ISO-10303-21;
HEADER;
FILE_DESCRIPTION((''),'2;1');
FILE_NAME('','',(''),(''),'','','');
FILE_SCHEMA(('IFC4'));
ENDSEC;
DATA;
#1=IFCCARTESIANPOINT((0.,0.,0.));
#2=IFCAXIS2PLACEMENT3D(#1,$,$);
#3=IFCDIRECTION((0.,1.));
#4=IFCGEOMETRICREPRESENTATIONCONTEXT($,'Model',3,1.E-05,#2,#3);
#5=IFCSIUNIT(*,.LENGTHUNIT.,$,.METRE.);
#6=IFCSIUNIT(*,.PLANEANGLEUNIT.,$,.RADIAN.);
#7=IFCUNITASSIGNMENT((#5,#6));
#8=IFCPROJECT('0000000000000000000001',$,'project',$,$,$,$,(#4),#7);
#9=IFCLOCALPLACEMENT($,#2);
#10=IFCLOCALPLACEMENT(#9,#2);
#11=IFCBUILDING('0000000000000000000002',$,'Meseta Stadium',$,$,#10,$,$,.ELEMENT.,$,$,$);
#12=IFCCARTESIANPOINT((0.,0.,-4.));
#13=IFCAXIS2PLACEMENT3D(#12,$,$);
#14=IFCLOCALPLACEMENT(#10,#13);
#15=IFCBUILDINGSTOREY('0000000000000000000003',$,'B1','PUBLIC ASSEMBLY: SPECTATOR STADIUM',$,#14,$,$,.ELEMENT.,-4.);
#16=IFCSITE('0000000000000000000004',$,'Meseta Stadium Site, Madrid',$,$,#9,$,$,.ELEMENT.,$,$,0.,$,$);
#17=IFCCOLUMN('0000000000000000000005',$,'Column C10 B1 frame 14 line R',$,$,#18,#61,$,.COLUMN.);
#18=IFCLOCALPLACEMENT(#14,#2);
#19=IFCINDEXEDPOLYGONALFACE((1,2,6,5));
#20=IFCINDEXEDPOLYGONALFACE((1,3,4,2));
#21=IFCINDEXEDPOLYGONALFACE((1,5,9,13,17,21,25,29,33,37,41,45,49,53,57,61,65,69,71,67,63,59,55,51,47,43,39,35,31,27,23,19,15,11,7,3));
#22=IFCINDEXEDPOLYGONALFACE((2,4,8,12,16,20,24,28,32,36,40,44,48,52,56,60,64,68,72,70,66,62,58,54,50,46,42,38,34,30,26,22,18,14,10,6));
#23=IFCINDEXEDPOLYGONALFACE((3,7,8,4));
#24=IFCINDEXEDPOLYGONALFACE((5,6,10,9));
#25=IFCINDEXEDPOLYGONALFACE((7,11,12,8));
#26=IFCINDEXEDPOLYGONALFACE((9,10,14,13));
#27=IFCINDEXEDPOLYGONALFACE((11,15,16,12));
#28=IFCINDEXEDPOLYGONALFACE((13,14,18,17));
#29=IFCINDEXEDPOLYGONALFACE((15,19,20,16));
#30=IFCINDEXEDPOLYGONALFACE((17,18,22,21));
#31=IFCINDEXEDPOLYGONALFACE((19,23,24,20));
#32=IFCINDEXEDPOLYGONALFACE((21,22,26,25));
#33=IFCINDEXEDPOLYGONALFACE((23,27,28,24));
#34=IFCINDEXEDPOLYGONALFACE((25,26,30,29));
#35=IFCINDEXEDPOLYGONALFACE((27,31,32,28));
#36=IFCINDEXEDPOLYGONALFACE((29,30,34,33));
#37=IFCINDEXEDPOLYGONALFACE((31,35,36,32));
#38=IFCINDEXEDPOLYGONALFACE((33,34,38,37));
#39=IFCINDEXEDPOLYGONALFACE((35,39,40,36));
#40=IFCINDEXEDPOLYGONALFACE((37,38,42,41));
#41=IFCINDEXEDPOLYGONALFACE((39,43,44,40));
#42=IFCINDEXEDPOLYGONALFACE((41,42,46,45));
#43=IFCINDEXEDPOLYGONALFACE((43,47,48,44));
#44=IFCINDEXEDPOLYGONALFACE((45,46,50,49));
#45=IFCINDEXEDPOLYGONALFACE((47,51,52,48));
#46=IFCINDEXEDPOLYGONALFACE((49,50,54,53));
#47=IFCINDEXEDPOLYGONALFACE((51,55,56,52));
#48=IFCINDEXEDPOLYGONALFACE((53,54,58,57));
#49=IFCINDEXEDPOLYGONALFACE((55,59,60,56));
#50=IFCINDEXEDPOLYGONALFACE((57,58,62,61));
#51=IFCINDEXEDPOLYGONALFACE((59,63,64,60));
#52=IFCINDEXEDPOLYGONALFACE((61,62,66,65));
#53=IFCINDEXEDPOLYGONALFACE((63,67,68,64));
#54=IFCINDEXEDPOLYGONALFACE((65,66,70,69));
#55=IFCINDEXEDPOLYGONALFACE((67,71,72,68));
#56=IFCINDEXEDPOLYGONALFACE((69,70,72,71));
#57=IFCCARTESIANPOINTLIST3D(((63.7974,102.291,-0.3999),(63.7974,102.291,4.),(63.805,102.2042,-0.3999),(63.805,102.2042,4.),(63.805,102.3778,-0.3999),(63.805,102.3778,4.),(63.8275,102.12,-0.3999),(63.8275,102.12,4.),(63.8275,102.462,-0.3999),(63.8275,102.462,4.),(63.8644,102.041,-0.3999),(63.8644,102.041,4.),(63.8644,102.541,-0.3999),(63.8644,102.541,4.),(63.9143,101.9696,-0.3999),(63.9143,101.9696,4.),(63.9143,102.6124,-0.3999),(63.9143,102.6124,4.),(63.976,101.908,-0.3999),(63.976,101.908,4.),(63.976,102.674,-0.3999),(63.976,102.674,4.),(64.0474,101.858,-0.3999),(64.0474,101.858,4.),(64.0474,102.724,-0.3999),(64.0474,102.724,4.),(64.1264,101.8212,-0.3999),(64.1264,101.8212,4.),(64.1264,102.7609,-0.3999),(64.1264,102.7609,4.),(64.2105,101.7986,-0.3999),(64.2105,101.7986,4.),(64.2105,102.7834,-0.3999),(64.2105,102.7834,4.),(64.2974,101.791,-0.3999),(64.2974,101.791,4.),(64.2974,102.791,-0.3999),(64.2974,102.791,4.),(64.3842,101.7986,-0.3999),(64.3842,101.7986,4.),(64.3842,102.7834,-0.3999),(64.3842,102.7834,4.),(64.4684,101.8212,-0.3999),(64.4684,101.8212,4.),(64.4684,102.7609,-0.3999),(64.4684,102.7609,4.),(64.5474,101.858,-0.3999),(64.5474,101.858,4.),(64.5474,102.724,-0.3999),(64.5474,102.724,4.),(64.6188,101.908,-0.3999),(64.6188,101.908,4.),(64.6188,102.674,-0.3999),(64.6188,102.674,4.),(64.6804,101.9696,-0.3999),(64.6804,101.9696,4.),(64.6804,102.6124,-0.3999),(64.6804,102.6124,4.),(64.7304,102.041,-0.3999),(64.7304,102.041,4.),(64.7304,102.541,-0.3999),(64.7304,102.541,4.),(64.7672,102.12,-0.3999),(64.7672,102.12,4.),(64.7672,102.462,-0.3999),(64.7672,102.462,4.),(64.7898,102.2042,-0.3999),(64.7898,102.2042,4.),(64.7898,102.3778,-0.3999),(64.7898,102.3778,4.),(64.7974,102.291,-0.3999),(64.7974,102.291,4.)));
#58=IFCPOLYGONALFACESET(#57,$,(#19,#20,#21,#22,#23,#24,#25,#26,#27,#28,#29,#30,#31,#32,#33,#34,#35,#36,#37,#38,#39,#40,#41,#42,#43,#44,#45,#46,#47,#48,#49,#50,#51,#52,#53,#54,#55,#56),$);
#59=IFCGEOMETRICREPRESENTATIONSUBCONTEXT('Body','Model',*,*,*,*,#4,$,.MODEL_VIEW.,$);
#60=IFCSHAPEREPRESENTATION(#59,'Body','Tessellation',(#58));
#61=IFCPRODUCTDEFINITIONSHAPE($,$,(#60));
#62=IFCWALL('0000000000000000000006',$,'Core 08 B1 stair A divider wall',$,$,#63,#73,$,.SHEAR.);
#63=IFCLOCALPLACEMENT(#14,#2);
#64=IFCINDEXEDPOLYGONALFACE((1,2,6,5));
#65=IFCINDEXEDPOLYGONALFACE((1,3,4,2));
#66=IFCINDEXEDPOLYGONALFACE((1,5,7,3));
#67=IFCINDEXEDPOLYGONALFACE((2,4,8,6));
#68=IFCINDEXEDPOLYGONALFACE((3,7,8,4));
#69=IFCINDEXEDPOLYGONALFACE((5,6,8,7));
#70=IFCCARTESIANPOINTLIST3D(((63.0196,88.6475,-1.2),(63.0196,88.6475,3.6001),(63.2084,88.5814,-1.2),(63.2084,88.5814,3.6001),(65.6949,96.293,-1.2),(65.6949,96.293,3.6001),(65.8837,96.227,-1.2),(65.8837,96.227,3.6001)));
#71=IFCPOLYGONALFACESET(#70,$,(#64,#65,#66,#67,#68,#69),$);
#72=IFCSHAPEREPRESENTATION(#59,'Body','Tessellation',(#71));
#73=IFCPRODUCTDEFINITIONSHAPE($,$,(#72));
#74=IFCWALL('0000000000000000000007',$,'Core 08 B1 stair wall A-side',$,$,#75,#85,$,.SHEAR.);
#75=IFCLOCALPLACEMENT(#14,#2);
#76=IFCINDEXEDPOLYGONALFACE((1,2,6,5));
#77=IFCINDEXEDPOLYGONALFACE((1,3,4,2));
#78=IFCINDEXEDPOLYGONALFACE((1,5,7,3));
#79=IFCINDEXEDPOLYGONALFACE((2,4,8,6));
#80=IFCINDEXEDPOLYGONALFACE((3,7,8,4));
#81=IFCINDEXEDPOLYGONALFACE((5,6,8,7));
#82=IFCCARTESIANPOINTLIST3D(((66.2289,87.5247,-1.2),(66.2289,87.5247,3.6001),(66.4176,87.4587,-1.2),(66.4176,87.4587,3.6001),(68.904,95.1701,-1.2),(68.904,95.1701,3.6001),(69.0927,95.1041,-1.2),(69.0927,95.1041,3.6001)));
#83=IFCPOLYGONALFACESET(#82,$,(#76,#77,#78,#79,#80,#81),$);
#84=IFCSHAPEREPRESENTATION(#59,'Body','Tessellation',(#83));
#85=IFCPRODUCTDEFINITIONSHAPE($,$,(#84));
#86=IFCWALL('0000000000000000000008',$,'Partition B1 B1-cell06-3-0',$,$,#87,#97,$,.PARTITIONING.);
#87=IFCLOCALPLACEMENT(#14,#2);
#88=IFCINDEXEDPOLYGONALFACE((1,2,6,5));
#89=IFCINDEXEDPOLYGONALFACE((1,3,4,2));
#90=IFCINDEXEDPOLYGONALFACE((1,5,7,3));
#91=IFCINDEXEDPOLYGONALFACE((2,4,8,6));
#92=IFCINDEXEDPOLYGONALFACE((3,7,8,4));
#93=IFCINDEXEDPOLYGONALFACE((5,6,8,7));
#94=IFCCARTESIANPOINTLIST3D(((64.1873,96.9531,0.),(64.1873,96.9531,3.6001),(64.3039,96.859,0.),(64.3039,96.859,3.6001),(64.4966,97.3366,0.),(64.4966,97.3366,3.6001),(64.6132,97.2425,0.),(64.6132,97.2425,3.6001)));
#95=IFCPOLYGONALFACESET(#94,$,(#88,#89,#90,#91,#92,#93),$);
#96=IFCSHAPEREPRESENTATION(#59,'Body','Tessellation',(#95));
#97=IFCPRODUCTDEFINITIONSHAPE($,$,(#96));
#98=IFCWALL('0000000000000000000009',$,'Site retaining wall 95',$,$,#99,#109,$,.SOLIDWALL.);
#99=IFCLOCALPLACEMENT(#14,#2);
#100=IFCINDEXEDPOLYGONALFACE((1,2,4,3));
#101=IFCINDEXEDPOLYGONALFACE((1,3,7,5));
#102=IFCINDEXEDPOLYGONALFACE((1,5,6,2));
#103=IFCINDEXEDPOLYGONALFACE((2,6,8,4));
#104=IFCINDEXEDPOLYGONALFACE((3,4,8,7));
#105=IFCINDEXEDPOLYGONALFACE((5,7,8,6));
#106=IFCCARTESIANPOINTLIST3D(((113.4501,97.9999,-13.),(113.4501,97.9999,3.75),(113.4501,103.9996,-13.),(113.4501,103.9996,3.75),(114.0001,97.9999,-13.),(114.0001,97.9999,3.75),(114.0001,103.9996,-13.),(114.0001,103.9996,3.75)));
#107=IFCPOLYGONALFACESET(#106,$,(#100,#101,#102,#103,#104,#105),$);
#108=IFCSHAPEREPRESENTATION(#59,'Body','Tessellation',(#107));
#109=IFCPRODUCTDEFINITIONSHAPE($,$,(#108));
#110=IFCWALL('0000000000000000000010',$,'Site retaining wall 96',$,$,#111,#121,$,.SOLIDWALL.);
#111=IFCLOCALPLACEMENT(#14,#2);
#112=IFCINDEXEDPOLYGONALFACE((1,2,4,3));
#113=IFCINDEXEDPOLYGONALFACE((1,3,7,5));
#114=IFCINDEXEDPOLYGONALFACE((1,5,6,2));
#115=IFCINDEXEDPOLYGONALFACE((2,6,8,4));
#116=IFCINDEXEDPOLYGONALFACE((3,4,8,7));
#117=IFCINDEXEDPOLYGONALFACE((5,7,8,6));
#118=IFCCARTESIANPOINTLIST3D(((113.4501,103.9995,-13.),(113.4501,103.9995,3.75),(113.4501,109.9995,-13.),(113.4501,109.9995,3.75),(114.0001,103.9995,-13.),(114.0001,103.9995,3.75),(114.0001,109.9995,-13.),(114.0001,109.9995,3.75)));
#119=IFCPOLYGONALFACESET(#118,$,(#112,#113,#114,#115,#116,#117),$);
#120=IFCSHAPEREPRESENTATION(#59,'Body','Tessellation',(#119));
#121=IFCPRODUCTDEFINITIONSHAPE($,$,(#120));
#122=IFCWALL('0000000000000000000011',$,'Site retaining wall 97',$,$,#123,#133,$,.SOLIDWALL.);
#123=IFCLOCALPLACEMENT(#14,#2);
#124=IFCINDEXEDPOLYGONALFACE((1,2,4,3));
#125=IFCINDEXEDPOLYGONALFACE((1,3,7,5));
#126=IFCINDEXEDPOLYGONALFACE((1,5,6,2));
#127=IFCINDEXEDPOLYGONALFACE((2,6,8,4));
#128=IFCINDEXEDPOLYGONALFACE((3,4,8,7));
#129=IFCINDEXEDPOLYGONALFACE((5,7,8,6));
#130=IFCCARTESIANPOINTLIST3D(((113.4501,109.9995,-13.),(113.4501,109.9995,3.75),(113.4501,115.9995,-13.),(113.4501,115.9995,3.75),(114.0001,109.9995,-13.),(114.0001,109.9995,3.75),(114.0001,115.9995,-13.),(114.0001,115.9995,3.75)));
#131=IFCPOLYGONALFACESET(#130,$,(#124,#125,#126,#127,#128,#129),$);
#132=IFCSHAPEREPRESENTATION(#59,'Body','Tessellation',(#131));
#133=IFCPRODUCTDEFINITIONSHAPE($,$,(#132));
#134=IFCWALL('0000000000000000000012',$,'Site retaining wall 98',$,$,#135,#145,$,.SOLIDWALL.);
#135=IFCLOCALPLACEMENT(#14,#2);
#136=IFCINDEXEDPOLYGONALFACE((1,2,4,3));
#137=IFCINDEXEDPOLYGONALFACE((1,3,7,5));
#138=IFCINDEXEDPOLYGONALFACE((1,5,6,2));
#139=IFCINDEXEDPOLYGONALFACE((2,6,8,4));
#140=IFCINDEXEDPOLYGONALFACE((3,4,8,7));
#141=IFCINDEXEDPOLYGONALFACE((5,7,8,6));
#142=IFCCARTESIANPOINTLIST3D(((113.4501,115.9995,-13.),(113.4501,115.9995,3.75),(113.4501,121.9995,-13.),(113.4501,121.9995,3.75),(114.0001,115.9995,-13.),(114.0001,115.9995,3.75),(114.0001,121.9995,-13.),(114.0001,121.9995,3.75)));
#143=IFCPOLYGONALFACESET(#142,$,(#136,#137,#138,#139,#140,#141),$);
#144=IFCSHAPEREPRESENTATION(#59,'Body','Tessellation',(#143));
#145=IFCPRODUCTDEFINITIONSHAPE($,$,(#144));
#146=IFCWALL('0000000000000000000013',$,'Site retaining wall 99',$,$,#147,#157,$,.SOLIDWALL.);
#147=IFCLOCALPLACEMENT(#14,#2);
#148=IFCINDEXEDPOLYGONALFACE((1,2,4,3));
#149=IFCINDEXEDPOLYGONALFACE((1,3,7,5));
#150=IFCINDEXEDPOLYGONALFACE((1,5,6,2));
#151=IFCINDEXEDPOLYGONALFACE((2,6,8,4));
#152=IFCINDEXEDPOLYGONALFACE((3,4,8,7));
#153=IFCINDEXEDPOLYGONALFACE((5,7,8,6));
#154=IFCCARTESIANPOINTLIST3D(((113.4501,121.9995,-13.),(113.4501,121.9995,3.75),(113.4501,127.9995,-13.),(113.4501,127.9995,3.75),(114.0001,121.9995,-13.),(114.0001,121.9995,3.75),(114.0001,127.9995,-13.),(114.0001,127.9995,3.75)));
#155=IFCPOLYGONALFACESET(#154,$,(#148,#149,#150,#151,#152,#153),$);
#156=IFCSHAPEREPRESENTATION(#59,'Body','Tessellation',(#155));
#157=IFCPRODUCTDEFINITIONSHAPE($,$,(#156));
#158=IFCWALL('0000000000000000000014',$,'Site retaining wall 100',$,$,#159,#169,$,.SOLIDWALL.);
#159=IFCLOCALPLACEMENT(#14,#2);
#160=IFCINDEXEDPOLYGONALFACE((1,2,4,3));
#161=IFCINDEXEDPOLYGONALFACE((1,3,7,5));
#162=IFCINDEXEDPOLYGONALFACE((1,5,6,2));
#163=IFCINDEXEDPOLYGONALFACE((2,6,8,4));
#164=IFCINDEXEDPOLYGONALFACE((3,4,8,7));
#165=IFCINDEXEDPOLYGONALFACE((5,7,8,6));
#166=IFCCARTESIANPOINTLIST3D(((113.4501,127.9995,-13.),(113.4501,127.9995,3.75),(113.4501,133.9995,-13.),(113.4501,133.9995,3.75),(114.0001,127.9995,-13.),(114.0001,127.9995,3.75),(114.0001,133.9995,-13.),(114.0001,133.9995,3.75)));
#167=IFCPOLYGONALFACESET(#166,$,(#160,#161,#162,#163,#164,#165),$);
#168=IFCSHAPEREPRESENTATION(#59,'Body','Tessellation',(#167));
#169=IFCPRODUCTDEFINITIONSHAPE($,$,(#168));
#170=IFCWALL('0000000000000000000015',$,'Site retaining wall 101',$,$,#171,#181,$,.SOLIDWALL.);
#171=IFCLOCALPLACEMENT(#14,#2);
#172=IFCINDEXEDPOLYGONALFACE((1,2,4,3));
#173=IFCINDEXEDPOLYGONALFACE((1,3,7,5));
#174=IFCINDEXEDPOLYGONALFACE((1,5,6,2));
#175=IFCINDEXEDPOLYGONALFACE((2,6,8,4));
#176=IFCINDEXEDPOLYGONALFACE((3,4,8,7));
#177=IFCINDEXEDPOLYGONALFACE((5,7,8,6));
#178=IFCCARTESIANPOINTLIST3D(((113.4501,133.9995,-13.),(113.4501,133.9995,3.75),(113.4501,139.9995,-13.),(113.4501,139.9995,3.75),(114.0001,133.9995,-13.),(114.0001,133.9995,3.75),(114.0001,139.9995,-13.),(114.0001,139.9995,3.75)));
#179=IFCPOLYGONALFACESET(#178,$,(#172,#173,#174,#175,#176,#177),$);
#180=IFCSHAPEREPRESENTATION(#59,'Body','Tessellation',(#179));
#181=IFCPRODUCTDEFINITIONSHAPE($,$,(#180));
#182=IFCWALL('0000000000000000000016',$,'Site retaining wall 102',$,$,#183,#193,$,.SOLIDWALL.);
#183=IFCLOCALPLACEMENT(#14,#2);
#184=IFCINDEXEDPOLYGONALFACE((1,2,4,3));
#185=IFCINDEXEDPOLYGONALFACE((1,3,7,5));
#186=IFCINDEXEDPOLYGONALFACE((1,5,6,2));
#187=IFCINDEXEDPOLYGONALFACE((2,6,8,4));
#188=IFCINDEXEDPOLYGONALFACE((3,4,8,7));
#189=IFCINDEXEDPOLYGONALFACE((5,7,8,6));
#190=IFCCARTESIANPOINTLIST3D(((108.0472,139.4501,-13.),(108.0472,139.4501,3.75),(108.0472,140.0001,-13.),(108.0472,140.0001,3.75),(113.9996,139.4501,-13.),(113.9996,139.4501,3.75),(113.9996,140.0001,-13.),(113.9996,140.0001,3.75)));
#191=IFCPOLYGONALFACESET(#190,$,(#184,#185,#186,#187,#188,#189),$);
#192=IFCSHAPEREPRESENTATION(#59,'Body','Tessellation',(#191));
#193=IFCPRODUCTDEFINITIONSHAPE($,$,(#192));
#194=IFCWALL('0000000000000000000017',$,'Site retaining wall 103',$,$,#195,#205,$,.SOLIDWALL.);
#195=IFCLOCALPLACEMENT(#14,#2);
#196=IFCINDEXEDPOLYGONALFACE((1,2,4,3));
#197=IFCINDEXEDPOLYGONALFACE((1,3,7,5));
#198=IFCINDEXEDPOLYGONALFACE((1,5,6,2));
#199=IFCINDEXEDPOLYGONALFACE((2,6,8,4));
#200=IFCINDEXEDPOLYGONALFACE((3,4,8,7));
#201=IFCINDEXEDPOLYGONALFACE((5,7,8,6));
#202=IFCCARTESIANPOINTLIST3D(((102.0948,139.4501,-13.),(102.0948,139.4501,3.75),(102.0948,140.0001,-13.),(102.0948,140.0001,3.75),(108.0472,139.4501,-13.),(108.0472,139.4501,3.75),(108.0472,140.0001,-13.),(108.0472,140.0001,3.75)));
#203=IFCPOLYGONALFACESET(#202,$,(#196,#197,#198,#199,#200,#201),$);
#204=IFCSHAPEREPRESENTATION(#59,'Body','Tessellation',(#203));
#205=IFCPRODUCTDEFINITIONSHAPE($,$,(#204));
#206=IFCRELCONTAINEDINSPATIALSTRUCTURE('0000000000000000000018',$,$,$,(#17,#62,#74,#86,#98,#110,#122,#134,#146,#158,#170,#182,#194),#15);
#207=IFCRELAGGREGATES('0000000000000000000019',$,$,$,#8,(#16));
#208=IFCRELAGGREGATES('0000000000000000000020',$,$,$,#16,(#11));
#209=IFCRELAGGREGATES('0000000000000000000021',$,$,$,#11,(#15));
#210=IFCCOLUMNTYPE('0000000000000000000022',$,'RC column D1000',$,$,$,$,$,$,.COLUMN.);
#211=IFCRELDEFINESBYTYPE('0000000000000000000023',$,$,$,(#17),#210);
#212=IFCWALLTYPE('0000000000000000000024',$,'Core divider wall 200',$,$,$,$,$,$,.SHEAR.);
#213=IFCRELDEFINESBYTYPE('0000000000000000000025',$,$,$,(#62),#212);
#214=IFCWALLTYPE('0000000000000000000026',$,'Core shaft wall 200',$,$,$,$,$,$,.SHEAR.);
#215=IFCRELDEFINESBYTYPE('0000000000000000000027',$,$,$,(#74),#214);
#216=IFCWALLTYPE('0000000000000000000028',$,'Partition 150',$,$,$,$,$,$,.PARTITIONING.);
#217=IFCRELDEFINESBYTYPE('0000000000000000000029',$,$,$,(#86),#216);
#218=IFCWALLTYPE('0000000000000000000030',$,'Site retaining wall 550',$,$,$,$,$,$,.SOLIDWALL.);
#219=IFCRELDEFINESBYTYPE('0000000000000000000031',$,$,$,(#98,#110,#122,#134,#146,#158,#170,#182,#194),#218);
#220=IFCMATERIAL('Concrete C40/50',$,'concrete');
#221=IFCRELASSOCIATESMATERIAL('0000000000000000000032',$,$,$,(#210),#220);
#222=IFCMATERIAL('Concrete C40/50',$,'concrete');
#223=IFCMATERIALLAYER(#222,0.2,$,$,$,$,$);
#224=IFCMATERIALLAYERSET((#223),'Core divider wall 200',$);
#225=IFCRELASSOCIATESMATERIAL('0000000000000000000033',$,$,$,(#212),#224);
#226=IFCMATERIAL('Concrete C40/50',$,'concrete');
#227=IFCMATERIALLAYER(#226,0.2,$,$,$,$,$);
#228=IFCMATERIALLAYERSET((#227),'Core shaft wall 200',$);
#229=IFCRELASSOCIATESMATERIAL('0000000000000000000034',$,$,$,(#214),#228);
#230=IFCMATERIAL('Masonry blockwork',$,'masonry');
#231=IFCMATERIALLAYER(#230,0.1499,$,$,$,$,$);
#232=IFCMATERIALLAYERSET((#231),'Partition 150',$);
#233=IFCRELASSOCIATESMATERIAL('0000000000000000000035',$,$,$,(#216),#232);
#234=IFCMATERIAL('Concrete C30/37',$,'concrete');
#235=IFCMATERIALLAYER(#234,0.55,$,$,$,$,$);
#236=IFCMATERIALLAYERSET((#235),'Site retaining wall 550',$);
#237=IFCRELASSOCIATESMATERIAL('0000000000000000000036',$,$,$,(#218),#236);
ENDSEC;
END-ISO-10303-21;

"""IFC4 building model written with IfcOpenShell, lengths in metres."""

from ifc_helpers import new_model, si_unit, direction, frame, frame_2d, origin, origin_2d, place, context, subcontext, project, spatial, rectangle, circle, extrude, material, layer, layer_set, material_profile, profile_set, type_object, element, save


model = new_model("IFC4")

# Units and contexts
model_context = context("Model", 3, precision=1e-05, world=origin(), true_north=direction((0.0, 1.0)))
body_context = subcontext(model_context, "Body", "Model", "MODEL_VIEW")
ifc_project = project(units=[si_unit("LENGTHUNIT", "METRE"), si_unit("PLANEANGLEUNIT", "RADIAN")], contexts=[model_context])

# Site, building, storey
site_placement = place(None, origin())
site = spatial("IfcSite", under=ifc_project, at=site_placement, Name="Meseta Stadium Site, Madrid", CompositionType="ELEMENT", RefElevation=0.0)
building_placement = place(site_placement, origin())
building = spatial("IfcBuilding", under=site, at=building_placement, Name="Meseta Stadium", CompositionType="ELEMENT")
storey_placement = place(building_placement, frame((0.0, 0.0, -4.0)))
storey = spatial("IfcBuildingStorey", under=building, at=storey_placement, Name="B1", Description="PUBLIC ASSEMBLY: SPECTATOR STADIUM", CompositionType="ELEMENT", Elevation=-4.0)

# Column
ifc_material_1 = material(Name="Concrete C40/50", Category="concrete")
ifc_material_profile = material_profile(ifc_material_1, circle(Radius=0.5, at=origin_2d()), Name="RC D1000")
ifc_profile_set = profile_set([ifc_material_profile], Name="Concrete C40/50")
column_type = type_object("IfcColumnType", Name="RC column D1000", PredefinedType="COLUMN", material=ifc_profile_set)
column_placement = place(storey_placement, frame((64.2974, 102.291, -0.3999), z_axis=(0.0, 0.0, 1.0), x_axis=(1.0, 0.0, 0.0)))
element("IfcColumn", 1, at=column_placement, inside=storey, type_object=column_type, Name="Column C10 B1 frame 14 line R", PredefinedType="COLUMN", context=body_context, shape_type="SweptSolid", body=[
    extrude(circle(Radius=0.5, at=origin_2d()), origin(), (0.0, 0.0, 1.0), 4.3999),
])

# Walls
ifc_material_2 = material(Name="Concrete C40/50", Category="concrete")
ifc_layer_1 = layer(ifc_material_2, 0.2)
ifc_layer_set_1 = layer_set([ifc_layer_1], Name="Core divider wall 200")
wall_type_1 = type_object("IfcWallType", Name="Core divider wall 200", PredefinedType="SHEAR", material=ifc_layer_set_1)
wall_1_placement = place(storey_placement, frame((65.7893, 96.26, -1.2), z_axis=(0.0, 0.0, 1.0), x_axis=(-0.330281, -0.943883, 0.0)))
element("IfcWall", 2, at=wall_1_placement, inside=storey, type_object=wall_type_1, Name="Core 08 B1 stair A divider wall", PredefinedType="SHEAR", context=body_context, shape_type="SweptSolid", body=[
    extrude(rectangle(XDim=8.1001, YDim=0.2, at=frame_2d((4.05, 0.0))), origin(), (0.0, 0.0, 1.0), 4.8),
])
ifc_material_3 = material(Name="Concrete C40/50", Category="concrete")
ifc_layer_2 = layer(ifc_material_3, 0.2)
ifc_layer_set_2 = layer_set([ifc_layer_2], Name="Core shaft wall 200")
wall_type_2 = type_object("IfcWallType", Name="Core shaft wall 200", PredefinedType="SHEAR", material=ifc_layer_set_2)
wall_2_placement = place(storey_placement, frame((68.9983, 95.137, -1.2), z_axis=(0.0, 0.0, 1.0), x_axis=(-0.330263, -0.943889, 0.0)))
element("IfcWall", 3, at=wall_2_placement, inside=storey, type_object=wall_type_2, Name="Core 08 B1 stair wall A-side", PredefinedType="SHEAR", context=body_context, shape_type="SweptSolid", body=[
    extrude(rectangle(XDim=8.0999, YDim=0.2, at=frame_2d((4.0498, 0.0))), origin(), (0.0, 0.0, 1.0), 4.8),
])
ifc_material_4 = material(Name="Masonry blockwork", Category="masonry")
ifc_layer_3 = layer(ifc_material_4, 0.1499)
ifc_layer_set_3 = layer_set([ifc_layer_3], Name="Partition 150")
wall_type_3 = type_object("IfcWallType", Name="Partition 150", PredefinedType="PARTITIONING", material=ifc_layer_set_3)
wall_3_placement = place(storey_placement, frame((64.2456, 96.906, 0.0), z_axis=(0.0, 0.0, 1.0), x_axis=(0.627772, 0.778397, 0.0)))
element("IfcWall", 4, at=wall_3_placement, inside=storey, type_object=wall_type_3, Name="Partition B1 B1-cell06-3-0", PredefinedType="PARTITIONING", context=body_context, shape_type="SweptSolid", body=[
    extrude(rectangle(XDim=0.4927, YDim=0.1499, at=frame_2d((0.2463, 0.0))), origin(), (0.0, 0.0, 1.0), 3.6001),
])
ifc_material_5 = material(Name="Concrete C30/37", Category="concrete")
ifc_layer_4 = layer(ifc_material_5, 0.55)
ifc_layer_set_4 = layer_set([ifc_layer_4], Name="Site retaining wall 550")
wall_type_4 = type_object("IfcWallType", Name="Site retaining wall 550", PredefinedType="SOLIDWALL", material=ifc_layer_set_4)
wall_4_placement = place(storey_placement, frame((113.7251, 97.9998, -13.0), z_axis=(0.0, 0.0, 1.0), x_axis=(0.0, 1.0, 0.0)))
element("IfcWall", 5, at=wall_4_placement, inside=storey, type_object=wall_type_4, Name="Site retaining wall 95", PredefinedType="SOLIDWALL", context=body_context, shape_type="SweptSolid", body=[
    extrude(rectangle(XDim=5.9998, YDim=0.55, at=frame_2d((3.0, 0.0))), origin(), (0.0, 0.0, 1.0), 16.75),
])
for number, where, z_axis, x_axis, name in (
    (6, (113.7251, 103.9995, -13.0), (0.0, 0.0, 1.0), (0.0, 1.0, 0.0), "Site retaining wall 96"),
    (7, (113.7251, 109.9995, -13.0), (0.0, 0.0, 1.0), (0.0, 1.0, 0.0), "Site retaining wall 97"),
    (8, (113.7251, 115.9995, -13.0), (0.0, 0.0, 1.0), (0.0, 1.0, 0.0), "Site retaining wall 98"),
    (9, (113.7251, 121.9995, -13.0), (0.0, 0.0, 1.0), (0.0, 1.0, 0.0), "Site retaining wall 99"),
    (10, (113.7251, 127.9995, -13.0), (0.0, 0.0, 1.0), (0.0, 1.0, 0.0), "Site retaining wall 100"),
    (11, (113.7251, 133.9995, -13.0), (0.0, 0.0, 1.0), (0.0, 1.0, 0.0), "Site retaining wall 101"),
):
    element("IfcWall", number, at=place(storey_placement, frame(where, z_axis=z_axis, x_axis=x_axis)), inside=storey, type_object=wall_type_4, Name=name, PredefinedType="SOLIDWALL", context=body_context, shape_type="SweptSolid", body=[
        extrude(rectangle(XDim=6.0, YDim=0.55, at=frame_2d((3.0, 0.0))), origin(), (0.0, 0.0, 1.0), 16.75),
    ])
for number, where, z_axis, x_axis, name in (
    (12, (113.9995, 139.7251, -13.0), (0.0, 0.0, 1.0), (-1.0, 0.0, 0.0), "Site retaining wall 102"),
    (13, (108.0471, 139.7251, -13.0), (0.0, 0.0, 1.0), (-1.0, 0.0, 0.0), "Site retaining wall 103"),
):
    element("IfcWall", number, at=place(storey_placement, frame(where, z_axis=z_axis, x_axis=x_axis)), inside=storey, type_object=wall_type_4, Name=name, PredefinedType="SOLIDWALL", context=body_context, shape_type="SweptSolid", body=[
        extrude(rectangle(XDim=5.9524, YDim=0.55, at=frame_2d((2.9761, 0.0))), origin(), (0.0, 0.0, 1.0), 16.75),
    ])

save(model, "model.ifc")
